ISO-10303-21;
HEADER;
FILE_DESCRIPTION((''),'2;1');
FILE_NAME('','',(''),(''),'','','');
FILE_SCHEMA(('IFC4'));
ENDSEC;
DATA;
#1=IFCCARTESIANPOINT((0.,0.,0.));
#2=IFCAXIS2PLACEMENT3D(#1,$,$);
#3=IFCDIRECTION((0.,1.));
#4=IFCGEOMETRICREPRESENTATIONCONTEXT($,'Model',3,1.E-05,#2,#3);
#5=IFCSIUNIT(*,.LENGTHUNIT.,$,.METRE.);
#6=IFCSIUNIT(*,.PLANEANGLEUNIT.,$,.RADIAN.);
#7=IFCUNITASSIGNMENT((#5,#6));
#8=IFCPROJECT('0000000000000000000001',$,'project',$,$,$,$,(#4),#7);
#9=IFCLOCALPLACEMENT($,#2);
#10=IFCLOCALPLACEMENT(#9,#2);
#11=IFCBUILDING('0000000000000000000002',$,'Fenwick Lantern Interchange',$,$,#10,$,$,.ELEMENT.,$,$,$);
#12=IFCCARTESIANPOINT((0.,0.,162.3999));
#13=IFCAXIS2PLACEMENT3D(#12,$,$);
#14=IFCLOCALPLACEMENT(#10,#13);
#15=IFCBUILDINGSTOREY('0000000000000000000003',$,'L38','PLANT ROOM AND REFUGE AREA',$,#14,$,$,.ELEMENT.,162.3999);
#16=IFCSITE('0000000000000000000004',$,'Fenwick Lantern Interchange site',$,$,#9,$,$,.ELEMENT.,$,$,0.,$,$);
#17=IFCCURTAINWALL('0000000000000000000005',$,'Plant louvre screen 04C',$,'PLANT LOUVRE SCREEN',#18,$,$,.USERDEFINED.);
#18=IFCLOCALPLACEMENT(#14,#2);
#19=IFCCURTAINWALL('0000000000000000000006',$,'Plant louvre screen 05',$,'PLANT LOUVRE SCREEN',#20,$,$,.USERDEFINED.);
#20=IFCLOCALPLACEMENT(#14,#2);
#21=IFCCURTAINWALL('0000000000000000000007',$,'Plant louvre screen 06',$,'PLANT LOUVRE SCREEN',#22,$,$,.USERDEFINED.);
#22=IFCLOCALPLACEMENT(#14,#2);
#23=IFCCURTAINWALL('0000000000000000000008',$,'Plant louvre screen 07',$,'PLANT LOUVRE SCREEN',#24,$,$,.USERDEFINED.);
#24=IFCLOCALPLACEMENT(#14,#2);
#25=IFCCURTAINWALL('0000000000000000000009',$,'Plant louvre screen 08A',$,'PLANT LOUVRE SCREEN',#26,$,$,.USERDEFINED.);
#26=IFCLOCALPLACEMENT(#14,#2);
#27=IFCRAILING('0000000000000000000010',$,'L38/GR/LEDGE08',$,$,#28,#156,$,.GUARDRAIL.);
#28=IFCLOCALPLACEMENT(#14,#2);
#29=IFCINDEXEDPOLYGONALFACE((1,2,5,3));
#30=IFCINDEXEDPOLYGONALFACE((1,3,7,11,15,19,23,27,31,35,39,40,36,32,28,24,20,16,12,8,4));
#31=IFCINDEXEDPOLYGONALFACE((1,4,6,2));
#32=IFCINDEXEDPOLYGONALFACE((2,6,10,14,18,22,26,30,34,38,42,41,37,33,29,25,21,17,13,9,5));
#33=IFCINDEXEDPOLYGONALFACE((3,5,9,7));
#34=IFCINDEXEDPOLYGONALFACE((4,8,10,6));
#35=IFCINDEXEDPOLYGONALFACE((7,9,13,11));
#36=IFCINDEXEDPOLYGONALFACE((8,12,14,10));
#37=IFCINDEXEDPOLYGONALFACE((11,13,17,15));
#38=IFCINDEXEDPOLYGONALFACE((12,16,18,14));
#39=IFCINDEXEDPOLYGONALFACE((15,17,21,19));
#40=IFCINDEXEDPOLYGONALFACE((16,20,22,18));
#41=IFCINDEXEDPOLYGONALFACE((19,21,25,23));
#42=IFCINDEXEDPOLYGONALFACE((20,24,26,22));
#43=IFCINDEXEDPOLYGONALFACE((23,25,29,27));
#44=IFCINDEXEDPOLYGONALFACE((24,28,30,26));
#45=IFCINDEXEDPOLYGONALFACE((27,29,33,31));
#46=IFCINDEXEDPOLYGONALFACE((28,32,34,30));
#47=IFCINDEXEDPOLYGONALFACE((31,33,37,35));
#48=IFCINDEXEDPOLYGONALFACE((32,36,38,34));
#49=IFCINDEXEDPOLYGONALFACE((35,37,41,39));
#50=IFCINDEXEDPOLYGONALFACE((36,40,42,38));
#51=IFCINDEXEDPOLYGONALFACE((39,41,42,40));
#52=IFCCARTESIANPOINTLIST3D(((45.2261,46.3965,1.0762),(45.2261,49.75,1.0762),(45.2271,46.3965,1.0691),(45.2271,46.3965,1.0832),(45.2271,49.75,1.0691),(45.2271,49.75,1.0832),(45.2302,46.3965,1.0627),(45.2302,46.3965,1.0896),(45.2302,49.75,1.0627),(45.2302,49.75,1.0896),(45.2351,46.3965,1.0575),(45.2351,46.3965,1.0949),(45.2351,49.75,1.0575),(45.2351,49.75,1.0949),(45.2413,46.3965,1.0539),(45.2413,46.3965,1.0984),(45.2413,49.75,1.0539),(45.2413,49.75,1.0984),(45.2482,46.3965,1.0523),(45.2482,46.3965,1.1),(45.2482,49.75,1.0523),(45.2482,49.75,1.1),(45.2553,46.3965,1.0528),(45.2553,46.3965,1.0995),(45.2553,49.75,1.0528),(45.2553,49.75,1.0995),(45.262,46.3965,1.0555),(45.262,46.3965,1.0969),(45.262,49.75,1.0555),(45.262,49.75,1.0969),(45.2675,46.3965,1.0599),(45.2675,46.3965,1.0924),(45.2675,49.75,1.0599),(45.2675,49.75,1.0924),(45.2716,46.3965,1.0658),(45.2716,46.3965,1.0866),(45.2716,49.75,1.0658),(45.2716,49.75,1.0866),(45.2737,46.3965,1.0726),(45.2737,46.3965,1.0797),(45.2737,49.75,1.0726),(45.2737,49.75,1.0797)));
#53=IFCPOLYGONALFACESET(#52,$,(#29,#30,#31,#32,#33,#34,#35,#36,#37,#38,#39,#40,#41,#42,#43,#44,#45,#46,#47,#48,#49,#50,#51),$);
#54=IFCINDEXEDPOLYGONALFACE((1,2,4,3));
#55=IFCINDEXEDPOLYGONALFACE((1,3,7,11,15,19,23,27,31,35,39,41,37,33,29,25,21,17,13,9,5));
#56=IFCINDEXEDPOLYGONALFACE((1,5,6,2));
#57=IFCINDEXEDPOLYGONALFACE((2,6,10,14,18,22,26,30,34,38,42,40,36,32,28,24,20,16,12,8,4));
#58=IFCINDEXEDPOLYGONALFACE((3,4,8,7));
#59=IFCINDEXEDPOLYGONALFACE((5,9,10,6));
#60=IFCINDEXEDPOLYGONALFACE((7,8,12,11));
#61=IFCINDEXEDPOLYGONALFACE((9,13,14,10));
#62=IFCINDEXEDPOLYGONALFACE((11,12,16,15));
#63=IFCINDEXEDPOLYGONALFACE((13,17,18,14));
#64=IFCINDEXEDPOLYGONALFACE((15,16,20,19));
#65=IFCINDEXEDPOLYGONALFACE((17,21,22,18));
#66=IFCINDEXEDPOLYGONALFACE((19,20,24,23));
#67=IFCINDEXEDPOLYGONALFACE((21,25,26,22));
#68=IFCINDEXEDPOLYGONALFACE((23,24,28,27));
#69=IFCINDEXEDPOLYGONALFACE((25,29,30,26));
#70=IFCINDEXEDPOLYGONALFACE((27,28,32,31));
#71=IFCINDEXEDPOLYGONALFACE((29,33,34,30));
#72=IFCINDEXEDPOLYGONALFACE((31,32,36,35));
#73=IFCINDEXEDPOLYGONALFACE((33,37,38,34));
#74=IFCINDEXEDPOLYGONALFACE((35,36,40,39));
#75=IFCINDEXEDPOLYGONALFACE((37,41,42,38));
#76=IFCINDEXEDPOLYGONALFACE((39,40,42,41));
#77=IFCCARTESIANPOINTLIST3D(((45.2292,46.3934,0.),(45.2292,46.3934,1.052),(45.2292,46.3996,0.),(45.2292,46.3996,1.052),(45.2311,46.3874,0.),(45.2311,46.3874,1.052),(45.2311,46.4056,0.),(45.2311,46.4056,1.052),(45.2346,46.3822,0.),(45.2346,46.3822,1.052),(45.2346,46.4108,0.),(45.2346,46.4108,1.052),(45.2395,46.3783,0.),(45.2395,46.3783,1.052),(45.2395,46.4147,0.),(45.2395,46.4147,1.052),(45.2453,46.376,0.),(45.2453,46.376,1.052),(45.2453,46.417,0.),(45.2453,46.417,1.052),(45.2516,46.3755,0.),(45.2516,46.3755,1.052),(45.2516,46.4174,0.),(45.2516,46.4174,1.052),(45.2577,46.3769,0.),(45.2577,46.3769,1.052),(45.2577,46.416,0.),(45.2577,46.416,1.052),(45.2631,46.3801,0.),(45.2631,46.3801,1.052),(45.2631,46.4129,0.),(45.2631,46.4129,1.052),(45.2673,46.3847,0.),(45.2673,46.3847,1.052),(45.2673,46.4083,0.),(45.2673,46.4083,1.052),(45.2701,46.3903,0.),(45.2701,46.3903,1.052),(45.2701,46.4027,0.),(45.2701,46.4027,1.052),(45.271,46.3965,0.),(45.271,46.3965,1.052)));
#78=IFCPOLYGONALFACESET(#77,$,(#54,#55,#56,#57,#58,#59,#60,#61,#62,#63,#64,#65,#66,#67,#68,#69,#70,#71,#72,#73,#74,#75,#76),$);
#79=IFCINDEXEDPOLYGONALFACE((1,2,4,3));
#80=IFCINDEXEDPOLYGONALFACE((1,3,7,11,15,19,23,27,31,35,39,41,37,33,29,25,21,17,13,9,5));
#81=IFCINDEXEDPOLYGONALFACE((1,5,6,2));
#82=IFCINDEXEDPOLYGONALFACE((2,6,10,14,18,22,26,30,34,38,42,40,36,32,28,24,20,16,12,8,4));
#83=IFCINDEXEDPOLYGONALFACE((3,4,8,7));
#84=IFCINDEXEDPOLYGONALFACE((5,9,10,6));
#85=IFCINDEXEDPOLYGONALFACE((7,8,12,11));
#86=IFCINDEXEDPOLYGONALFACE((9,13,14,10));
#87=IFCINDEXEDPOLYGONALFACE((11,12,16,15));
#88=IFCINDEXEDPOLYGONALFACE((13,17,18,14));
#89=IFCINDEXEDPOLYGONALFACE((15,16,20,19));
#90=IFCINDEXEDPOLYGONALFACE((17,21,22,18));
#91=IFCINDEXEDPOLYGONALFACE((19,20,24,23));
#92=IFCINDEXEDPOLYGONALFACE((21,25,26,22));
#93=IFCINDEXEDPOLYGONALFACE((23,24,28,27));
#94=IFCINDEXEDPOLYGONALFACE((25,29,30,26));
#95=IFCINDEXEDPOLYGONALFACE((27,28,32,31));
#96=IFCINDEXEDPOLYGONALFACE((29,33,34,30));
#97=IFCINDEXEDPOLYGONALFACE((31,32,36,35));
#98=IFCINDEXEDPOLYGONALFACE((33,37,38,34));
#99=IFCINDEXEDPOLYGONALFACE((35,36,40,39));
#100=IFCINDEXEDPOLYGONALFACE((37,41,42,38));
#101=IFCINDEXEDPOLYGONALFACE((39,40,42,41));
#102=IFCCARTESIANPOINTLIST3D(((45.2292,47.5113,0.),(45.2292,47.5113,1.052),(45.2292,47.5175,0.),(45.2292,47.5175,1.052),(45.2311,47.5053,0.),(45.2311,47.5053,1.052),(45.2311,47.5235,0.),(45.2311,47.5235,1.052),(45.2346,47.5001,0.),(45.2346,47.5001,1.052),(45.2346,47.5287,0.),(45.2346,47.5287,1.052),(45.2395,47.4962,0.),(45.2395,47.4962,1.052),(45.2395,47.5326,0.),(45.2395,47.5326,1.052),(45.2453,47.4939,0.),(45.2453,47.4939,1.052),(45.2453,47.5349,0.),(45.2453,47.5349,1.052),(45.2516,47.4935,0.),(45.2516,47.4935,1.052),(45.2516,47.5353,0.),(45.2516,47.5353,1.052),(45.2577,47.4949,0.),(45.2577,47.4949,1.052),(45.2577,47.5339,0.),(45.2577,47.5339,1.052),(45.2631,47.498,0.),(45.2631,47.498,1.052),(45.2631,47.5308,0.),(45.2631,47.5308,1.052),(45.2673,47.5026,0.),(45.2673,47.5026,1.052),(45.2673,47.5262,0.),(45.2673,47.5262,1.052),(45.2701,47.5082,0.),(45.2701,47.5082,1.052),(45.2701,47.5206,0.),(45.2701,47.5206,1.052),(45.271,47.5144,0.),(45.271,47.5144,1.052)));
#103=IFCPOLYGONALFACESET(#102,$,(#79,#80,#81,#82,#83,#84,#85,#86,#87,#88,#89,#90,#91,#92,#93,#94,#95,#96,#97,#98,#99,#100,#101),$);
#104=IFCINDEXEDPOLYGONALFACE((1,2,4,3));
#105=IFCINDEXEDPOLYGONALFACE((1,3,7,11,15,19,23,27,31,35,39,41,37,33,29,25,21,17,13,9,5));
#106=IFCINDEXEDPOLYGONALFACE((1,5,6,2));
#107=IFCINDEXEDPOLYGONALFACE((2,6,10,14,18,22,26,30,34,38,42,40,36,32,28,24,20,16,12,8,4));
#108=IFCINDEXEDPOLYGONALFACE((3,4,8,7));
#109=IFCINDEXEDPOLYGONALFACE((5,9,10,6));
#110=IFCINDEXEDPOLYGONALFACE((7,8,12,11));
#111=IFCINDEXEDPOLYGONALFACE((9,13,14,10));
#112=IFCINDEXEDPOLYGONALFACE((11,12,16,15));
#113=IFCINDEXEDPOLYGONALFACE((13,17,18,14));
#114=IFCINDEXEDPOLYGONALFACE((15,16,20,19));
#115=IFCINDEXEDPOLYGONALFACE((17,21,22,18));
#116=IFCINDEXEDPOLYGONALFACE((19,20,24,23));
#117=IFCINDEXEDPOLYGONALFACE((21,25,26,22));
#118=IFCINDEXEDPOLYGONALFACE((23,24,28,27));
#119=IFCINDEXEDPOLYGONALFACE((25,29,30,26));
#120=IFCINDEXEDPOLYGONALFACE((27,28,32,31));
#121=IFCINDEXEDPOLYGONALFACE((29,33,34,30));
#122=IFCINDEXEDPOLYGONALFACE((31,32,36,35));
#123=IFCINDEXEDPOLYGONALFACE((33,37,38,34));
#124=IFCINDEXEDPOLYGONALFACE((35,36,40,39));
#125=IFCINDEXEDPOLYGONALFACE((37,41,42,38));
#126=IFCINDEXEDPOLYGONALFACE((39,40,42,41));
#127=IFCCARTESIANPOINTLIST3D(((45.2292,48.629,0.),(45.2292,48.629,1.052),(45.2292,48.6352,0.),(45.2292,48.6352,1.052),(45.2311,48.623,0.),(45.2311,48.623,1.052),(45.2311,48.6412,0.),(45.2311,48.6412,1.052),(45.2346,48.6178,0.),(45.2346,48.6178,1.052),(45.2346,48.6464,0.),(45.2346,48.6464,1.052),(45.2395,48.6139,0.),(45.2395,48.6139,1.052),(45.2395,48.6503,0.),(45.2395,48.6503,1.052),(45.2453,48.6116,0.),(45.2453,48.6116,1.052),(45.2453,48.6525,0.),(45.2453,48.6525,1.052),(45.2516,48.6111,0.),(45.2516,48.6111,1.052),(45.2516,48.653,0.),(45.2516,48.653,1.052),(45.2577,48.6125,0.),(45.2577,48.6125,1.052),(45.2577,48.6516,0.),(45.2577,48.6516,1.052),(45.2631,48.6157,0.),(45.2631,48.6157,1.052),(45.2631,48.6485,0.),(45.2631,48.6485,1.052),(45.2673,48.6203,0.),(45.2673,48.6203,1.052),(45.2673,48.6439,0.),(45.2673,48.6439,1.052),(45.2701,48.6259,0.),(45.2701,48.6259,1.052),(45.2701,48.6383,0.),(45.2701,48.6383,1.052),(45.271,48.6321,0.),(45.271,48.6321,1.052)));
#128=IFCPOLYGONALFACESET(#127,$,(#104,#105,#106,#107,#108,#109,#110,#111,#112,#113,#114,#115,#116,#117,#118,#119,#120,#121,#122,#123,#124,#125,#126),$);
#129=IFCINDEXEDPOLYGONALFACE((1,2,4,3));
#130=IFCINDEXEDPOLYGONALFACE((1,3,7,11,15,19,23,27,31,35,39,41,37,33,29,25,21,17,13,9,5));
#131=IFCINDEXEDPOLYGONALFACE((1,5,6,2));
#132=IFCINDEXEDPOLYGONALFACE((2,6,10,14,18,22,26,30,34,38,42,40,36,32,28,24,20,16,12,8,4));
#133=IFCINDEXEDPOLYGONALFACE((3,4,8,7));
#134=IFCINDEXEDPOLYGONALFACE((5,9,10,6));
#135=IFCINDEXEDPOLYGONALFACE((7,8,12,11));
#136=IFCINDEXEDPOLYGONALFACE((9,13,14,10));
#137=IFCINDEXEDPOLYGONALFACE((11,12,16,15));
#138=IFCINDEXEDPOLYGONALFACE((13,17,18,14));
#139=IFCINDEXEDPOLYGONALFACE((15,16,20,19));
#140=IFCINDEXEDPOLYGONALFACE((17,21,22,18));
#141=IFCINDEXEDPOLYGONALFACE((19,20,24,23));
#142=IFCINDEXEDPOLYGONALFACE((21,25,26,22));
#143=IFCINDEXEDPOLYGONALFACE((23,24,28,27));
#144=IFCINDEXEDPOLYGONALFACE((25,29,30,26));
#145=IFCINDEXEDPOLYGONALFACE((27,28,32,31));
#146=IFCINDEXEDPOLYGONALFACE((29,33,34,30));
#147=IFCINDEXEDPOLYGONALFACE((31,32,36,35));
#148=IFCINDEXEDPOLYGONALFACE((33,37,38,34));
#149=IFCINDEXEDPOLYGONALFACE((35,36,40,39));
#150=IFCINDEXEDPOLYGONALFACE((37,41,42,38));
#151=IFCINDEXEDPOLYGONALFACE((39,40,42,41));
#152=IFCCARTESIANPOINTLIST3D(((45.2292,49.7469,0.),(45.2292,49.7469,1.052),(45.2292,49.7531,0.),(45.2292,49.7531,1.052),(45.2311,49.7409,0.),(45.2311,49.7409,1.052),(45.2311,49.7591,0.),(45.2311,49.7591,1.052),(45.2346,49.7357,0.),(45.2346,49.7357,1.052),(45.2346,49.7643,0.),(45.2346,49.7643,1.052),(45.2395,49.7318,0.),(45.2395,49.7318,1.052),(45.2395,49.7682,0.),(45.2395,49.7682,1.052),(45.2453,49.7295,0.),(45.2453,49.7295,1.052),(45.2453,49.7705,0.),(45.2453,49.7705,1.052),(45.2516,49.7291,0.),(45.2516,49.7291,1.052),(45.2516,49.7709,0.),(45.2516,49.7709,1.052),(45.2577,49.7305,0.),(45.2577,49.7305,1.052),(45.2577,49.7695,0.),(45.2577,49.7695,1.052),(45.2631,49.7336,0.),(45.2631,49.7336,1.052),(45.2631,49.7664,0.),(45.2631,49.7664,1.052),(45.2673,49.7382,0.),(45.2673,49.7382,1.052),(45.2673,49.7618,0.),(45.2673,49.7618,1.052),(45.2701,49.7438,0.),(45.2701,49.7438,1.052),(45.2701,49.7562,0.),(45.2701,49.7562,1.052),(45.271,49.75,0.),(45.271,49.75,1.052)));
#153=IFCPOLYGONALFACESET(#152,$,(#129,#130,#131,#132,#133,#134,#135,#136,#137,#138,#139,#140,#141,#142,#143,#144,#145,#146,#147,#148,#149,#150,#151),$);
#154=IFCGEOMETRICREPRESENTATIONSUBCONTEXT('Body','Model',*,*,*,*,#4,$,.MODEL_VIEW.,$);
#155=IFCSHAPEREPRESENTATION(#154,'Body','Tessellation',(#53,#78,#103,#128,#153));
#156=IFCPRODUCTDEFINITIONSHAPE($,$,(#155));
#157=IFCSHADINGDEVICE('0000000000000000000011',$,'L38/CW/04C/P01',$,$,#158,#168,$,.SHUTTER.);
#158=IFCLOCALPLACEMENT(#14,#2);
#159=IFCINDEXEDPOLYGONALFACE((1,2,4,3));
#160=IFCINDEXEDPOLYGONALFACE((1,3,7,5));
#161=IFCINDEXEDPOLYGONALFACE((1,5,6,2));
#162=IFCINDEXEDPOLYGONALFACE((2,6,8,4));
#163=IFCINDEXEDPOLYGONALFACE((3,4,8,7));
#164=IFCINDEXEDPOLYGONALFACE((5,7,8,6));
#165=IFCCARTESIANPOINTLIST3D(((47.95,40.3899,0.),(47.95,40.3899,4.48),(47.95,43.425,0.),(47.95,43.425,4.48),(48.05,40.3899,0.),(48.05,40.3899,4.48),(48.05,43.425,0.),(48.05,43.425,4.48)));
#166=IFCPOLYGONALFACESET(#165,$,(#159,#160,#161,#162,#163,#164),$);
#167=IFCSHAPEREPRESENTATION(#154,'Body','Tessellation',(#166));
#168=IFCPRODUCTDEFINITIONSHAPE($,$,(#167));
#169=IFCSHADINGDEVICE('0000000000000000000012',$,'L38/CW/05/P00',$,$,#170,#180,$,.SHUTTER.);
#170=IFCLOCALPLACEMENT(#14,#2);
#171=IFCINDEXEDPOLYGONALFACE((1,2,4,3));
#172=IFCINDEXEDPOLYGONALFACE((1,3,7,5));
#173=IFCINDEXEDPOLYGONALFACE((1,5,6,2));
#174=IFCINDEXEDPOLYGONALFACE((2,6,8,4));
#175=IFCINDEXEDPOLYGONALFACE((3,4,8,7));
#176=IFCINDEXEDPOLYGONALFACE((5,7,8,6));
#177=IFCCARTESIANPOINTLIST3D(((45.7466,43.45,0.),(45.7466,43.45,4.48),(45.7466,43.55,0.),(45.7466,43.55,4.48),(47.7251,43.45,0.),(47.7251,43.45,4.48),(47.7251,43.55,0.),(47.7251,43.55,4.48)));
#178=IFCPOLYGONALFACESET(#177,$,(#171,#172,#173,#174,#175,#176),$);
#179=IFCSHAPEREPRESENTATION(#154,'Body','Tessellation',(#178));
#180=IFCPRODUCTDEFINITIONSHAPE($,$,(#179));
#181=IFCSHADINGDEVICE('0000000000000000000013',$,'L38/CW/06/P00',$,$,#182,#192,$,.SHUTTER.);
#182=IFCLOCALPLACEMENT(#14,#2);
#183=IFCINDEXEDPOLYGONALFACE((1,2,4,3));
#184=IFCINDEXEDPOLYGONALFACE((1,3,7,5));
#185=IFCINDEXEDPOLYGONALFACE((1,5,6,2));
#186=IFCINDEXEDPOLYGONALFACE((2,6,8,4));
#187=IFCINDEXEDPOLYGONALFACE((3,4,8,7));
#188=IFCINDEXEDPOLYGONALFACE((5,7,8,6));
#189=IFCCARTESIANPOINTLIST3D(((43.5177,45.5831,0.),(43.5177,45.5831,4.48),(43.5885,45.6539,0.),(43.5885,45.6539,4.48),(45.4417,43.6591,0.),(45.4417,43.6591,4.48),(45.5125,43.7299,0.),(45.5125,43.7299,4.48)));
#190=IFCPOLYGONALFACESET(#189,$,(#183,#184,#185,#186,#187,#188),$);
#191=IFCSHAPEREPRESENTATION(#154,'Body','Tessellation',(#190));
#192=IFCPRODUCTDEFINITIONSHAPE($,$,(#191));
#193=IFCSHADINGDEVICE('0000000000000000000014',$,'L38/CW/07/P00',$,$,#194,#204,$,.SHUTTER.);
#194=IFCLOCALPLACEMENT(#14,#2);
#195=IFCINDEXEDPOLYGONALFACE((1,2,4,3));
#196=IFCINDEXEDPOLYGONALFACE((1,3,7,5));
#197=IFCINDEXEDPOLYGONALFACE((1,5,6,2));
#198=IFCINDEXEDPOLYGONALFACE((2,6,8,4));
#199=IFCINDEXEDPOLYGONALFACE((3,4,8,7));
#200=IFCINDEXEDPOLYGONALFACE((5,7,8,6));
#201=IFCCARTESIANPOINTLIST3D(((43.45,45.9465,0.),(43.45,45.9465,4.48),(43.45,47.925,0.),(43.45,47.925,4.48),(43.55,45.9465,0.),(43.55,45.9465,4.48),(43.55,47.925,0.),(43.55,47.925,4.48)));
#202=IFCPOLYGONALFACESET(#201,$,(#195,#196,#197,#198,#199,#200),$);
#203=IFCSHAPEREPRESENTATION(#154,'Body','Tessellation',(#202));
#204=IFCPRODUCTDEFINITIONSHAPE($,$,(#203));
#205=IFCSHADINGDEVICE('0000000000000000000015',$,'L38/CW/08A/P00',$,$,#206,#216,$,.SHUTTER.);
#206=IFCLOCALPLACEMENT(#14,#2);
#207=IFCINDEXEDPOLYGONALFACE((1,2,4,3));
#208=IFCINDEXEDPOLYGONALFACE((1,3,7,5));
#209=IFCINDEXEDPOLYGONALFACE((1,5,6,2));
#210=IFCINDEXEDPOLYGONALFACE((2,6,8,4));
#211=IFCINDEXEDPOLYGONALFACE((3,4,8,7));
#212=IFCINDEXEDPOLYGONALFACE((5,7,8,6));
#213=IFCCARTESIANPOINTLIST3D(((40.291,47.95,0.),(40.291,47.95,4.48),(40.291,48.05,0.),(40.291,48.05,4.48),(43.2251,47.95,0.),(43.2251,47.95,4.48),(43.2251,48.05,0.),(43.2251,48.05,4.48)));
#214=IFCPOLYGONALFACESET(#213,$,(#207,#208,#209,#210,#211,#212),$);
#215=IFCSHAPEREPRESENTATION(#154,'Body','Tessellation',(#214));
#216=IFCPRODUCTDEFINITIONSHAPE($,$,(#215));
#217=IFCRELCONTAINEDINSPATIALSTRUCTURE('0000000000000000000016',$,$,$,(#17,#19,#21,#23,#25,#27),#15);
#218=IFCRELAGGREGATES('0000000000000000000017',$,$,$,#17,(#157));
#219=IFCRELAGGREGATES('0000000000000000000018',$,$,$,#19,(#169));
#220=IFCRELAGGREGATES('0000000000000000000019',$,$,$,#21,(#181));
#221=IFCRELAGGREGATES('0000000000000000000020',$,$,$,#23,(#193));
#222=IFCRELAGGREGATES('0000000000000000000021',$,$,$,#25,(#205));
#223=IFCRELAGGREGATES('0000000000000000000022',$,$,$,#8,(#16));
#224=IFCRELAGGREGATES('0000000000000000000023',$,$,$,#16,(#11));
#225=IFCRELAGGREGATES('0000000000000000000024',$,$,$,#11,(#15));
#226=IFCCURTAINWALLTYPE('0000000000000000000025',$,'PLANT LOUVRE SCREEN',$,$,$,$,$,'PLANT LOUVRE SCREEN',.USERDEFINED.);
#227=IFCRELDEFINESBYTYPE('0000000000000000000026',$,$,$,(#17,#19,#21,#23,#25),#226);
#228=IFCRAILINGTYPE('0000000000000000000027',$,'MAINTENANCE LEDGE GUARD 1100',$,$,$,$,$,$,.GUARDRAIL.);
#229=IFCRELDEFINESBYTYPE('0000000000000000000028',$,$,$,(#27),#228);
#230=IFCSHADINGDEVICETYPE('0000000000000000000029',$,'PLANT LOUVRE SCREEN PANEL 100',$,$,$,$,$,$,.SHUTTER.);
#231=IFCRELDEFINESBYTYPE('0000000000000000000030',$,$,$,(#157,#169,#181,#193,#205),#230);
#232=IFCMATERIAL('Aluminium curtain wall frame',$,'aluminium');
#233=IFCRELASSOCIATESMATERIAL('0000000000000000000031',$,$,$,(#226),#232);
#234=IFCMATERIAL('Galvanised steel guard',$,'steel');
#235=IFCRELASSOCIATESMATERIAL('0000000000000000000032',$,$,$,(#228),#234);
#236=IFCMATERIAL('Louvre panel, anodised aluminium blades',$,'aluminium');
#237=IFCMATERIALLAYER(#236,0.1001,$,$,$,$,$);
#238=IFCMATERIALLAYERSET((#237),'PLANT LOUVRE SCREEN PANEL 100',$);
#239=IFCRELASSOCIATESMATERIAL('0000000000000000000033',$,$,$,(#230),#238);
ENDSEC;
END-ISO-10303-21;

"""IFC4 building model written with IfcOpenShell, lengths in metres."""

from ifc_helpers import new_model, si_unit, direction, frame, origin, origin_2d, place, context, subcontext, project, spatial, rectangle, circle, extrude, material, layer, layer_set, type_object, element, aggregate, save


model = new_model("IFC4")

# Units and contexts
model_context = context("Model", 3, precision=1e-05, world=origin(), true_north=direction((0.0, 1.0)))
body_context = subcontext(model_context, "Body", "Model", "MODEL_VIEW")
ifc_project = project(units=[si_unit("LENGTHUNIT", "METRE"), si_unit("PLANEANGLEUNIT", "RADIAN")], contexts=[model_context])

# Site, building, storey
site_placement = place(None, origin())
site = spatial("IfcSite", under=ifc_project, at=site_placement, Name="Fenwick Lantern Interchange site", CompositionType="ELEMENT", RefElevation=0.0)
building_placement = place(site_placement, origin())
building = spatial("IfcBuilding", under=site, at=building_placement, Name="Fenwick Lantern Interchange", CompositionType="ELEMENT")
storey_placement = place(building_placement, frame((0.0, 0.0, 162.3999)))
storey = spatial("IfcBuildingStorey", under=building, at=storey_placement, Name="L38", Description="PLANT ROOM AND REFUGE AREA", CompositionType="ELEMENT", Elevation=162.3999)

# Curtain wall
ifc_material_1 = material(Name="Aluminium curtain wall frame", Category="aluminium")
curtain_wall_type = type_object("IfcCurtainWallType", Name="PLANT LOUVRE SCREEN", ElementType="PLANT LOUVRE SCREEN", PredefinedType="USERDEFINED", material=ifc_material_1)
curtain_wall_1_placement = place(storey_placement, origin())
curtain_wall_1 = element("IfcCurtainWall", 1, at=curtain_wall_1_placement, inside=storey, type_object=curtain_wall_type, Name="Plant louvre screen 04C", ObjectType="PLANT LOUVRE SCREEN", PredefinedType="USERDEFINED")

# Curtain walls
curtain_wall_2_placement = place(storey_placement, origin())
curtain_wall_2 = element("IfcCurtainWall", 2, at=curtain_wall_2_placement, inside=storey, type_object=curtain_wall_type, Name="Plant louvre screen 05", ObjectType="PLANT LOUVRE SCREEN", PredefinedType="USERDEFINED")
curtain_wall_3_placement = place(storey_placement, origin())
curtain_wall_3 = element("IfcCurtainWall", 3, at=curtain_wall_3_placement, inside=storey, type_object=curtain_wall_type, Name="Plant louvre screen 06", ObjectType="PLANT LOUVRE SCREEN", PredefinedType="USERDEFINED")
curtain_wall_4_placement = place(storey_placement, origin())
curtain_wall_4 = element("IfcCurtainWall", 4, at=curtain_wall_4_placement, inside=storey, type_object=curtain_wall_type, Name="Plant louvre screen 07", ObjectType="PLANT LOUVRE SCREEN", PredefinedType="USERDEFINED")

# Curtain wall
curtain_wall_5_placement = place(storey_placement, origin())
curtain_wall_5 = element("IfcCurtainWall", 5, at=curtain_wall_5_placement, inside=storey, type_object=curtain_wall_type, Name="Plant louvre screen 08A", ObjectType="PLANT LOUVRE SCREEN", PredefinedType="USERDEFINED")

# Railing
ifc_material_2 = material(Name="Galvanised steel guard", Category="steel")
railing_type = type_object("IfcRailingType", Name="MAINTENANCE LEDGE GUARD 1100", PredefinedType="GUARDRAIL", material=ifc_material_2)
railing_1_placement = place(storey_placement, frame((45.25, 46.3965, 0.0)))
element("IfcRailing", 6, at=railing_1_placement, inside=storey, type_object=railing_type, Name="L38/GR/LEDGE08", PredefinedType="GUARDRAIL", context=body_context, shape_type="SweptSolid", body=[
    extrude(circle(Radius=0.0239, at=origin_2d()), frame((0.0, 0.0, 1.0762), z_axis=(0.0, 1.0, 0.0), x_axis=(-1.0, 0.0, 0.0)), (0.0, 0.0, 1.0), 3.3535),
    extrude(circle(Radius=0.021, at=origin_2d()), origin(), (0.0, 0.0, 1.0), 1.052),
    extrude(circle(Radius=0.021, at=origin_2d()), frame((0.0, 1.1179, 0.0)), (0.0, 0.0, 1.0), 1.052),
    extrude(circle(Radius=0.021, at=origin_2d()), frame((0.0, 2.2356, 0.0)), (0.0, 0.0, 1.0), 1.052),
    extrude(circle(Radius=0.021, at=origin_2d()), frame((0.0, 3.3535, 0.0)), (0.0, 0.0, 1.0), 1.052),
])

# Shading devices
ifc_material_3 = material(Name="Louvre panel, anodised aluminium blades", Category="aluminium")
ifc_layer = layer(ifc_material_3, 0.1001)
ifc_layer_set = layer_set([ifc_layer], Name="PLANT LOUVRE SCREEN PANEL 100")
shading_device_type = type_object("IfcShadingDeviceType", Name="PLANT LOUVRE SCREEN PANEL 100", PredefinedType="SHUTTER", material=ifc_layer_set)
shading_device_1_placement = place(storey_placement, frame((48.0, 41.9075, 0.0), z_axis=(0.0, 0.0, 1.0), x_axis=(0.0, 1.0, 0.0)))
shading_device_1 = element("IfcShadingDevice", 7, at=shading_device_1_placement, type_object=shading_device_type, Name="L38/CW/04C/P01", PredefinedType="SHUTTER", context=body_context, shape_type="SweptSolid", body=[
    extrude(rectangle(XDim=3.0352, YDim=0.1001, at=origin_2d()), origin(), (0.0, 0.0, 1.0), 4.48),
])
aggregate(curtain_wall_1, [shading_device_1])
shading_device_2_placement = place(storey_placement, frame((46.7358, 43.5, 0.0), z_axis=(0.0, 0.0, 1.0), x_axis=(-1.0, 0.0, 0.0)))
shading_device_2 = element("IfcShadingDevice", 8, at=shading_device_2_placement, type_object=shading_device_type, Name="L38/CW/05/P00", PredefinedType="SHUTTER", context=body_context, shape_type="SweptSolid", body=[
    extrude(rectangle(XDim=1.9785, YDim=0.1001, at=origin_2d()), origin(), (0.0, 0.0, 1.0), 4.48),
])
aggregate(curtain_wall_2, [shading_device_2])
shading_device_3_placement = place(storey_placement, frame((44.5151, 44.6565, 0.0), z_axis=(0.0, 0.0, 1.0), x_axis=(-0.707107, 0.707107, 0.0)))
shading_device_3 = element("IfcShadingDevice", 9, at=shading_device_3_placement, type_object=shading_device_type, Name="L38/CW/06/P00", PredefinedType="SHUTTER", context=body_context, shape_type="SweptSolid", body=[
    extrude(rectangle(XDim=2.7209, YDim=0.1001, at=origin_2d()), origin(), (0.0, 0.0, 1.0), 4.48),
])
aggregate(curtain_wall_3, [shading_device_3])
shading_device_4_placement = place(storey_placement, frame((43.5, 46.9358, 0.0), z_axis=(0.0, 0.0, 1.0), x_axis=(0.0, 1.0, 0.0)))
shading_device_4 = element("IfcShadingDevice", 10, at=shading_device_4_placement, type_object=shading_device_type, Name="L38/CW/07/P00", PredefinedType="SHUTTER", context=body_context, shape_type="SweptSolid", body=[
    extrude(rectangle(XDim=1.9785, YDim=0.1001, at=origin_2d()), origin(), (0.0, 0.0, 1.0), 4.48),
])
aggregate(curtain_wall_4, [shading_device_4])
shading_device_5_placement = place(storey_placement, frame((41.7581, 48.0, 0.0), z_axis=(0.0, 0.0, 1.0), x_axis=(-1.0, 0.0, 0.0)))
shading_device_5 = element("IfcShadingDevice", 11, at=shading_device_5_placement, type_object=shading_device_type, Name="L38/CW/08A/P00", PredefinedType="SHUTTER", context=body_context, shape_type="SweptSolid", body=[
    extrude(rectangle(XDim=2.9341, YDim=0.1001, at=origin_2d()), origin(), (0.0, 0.0, 1.0), 4.48),
])
aggregate(curtain_wall_5, [shading_device_5])

save(model, "model.ifc")
